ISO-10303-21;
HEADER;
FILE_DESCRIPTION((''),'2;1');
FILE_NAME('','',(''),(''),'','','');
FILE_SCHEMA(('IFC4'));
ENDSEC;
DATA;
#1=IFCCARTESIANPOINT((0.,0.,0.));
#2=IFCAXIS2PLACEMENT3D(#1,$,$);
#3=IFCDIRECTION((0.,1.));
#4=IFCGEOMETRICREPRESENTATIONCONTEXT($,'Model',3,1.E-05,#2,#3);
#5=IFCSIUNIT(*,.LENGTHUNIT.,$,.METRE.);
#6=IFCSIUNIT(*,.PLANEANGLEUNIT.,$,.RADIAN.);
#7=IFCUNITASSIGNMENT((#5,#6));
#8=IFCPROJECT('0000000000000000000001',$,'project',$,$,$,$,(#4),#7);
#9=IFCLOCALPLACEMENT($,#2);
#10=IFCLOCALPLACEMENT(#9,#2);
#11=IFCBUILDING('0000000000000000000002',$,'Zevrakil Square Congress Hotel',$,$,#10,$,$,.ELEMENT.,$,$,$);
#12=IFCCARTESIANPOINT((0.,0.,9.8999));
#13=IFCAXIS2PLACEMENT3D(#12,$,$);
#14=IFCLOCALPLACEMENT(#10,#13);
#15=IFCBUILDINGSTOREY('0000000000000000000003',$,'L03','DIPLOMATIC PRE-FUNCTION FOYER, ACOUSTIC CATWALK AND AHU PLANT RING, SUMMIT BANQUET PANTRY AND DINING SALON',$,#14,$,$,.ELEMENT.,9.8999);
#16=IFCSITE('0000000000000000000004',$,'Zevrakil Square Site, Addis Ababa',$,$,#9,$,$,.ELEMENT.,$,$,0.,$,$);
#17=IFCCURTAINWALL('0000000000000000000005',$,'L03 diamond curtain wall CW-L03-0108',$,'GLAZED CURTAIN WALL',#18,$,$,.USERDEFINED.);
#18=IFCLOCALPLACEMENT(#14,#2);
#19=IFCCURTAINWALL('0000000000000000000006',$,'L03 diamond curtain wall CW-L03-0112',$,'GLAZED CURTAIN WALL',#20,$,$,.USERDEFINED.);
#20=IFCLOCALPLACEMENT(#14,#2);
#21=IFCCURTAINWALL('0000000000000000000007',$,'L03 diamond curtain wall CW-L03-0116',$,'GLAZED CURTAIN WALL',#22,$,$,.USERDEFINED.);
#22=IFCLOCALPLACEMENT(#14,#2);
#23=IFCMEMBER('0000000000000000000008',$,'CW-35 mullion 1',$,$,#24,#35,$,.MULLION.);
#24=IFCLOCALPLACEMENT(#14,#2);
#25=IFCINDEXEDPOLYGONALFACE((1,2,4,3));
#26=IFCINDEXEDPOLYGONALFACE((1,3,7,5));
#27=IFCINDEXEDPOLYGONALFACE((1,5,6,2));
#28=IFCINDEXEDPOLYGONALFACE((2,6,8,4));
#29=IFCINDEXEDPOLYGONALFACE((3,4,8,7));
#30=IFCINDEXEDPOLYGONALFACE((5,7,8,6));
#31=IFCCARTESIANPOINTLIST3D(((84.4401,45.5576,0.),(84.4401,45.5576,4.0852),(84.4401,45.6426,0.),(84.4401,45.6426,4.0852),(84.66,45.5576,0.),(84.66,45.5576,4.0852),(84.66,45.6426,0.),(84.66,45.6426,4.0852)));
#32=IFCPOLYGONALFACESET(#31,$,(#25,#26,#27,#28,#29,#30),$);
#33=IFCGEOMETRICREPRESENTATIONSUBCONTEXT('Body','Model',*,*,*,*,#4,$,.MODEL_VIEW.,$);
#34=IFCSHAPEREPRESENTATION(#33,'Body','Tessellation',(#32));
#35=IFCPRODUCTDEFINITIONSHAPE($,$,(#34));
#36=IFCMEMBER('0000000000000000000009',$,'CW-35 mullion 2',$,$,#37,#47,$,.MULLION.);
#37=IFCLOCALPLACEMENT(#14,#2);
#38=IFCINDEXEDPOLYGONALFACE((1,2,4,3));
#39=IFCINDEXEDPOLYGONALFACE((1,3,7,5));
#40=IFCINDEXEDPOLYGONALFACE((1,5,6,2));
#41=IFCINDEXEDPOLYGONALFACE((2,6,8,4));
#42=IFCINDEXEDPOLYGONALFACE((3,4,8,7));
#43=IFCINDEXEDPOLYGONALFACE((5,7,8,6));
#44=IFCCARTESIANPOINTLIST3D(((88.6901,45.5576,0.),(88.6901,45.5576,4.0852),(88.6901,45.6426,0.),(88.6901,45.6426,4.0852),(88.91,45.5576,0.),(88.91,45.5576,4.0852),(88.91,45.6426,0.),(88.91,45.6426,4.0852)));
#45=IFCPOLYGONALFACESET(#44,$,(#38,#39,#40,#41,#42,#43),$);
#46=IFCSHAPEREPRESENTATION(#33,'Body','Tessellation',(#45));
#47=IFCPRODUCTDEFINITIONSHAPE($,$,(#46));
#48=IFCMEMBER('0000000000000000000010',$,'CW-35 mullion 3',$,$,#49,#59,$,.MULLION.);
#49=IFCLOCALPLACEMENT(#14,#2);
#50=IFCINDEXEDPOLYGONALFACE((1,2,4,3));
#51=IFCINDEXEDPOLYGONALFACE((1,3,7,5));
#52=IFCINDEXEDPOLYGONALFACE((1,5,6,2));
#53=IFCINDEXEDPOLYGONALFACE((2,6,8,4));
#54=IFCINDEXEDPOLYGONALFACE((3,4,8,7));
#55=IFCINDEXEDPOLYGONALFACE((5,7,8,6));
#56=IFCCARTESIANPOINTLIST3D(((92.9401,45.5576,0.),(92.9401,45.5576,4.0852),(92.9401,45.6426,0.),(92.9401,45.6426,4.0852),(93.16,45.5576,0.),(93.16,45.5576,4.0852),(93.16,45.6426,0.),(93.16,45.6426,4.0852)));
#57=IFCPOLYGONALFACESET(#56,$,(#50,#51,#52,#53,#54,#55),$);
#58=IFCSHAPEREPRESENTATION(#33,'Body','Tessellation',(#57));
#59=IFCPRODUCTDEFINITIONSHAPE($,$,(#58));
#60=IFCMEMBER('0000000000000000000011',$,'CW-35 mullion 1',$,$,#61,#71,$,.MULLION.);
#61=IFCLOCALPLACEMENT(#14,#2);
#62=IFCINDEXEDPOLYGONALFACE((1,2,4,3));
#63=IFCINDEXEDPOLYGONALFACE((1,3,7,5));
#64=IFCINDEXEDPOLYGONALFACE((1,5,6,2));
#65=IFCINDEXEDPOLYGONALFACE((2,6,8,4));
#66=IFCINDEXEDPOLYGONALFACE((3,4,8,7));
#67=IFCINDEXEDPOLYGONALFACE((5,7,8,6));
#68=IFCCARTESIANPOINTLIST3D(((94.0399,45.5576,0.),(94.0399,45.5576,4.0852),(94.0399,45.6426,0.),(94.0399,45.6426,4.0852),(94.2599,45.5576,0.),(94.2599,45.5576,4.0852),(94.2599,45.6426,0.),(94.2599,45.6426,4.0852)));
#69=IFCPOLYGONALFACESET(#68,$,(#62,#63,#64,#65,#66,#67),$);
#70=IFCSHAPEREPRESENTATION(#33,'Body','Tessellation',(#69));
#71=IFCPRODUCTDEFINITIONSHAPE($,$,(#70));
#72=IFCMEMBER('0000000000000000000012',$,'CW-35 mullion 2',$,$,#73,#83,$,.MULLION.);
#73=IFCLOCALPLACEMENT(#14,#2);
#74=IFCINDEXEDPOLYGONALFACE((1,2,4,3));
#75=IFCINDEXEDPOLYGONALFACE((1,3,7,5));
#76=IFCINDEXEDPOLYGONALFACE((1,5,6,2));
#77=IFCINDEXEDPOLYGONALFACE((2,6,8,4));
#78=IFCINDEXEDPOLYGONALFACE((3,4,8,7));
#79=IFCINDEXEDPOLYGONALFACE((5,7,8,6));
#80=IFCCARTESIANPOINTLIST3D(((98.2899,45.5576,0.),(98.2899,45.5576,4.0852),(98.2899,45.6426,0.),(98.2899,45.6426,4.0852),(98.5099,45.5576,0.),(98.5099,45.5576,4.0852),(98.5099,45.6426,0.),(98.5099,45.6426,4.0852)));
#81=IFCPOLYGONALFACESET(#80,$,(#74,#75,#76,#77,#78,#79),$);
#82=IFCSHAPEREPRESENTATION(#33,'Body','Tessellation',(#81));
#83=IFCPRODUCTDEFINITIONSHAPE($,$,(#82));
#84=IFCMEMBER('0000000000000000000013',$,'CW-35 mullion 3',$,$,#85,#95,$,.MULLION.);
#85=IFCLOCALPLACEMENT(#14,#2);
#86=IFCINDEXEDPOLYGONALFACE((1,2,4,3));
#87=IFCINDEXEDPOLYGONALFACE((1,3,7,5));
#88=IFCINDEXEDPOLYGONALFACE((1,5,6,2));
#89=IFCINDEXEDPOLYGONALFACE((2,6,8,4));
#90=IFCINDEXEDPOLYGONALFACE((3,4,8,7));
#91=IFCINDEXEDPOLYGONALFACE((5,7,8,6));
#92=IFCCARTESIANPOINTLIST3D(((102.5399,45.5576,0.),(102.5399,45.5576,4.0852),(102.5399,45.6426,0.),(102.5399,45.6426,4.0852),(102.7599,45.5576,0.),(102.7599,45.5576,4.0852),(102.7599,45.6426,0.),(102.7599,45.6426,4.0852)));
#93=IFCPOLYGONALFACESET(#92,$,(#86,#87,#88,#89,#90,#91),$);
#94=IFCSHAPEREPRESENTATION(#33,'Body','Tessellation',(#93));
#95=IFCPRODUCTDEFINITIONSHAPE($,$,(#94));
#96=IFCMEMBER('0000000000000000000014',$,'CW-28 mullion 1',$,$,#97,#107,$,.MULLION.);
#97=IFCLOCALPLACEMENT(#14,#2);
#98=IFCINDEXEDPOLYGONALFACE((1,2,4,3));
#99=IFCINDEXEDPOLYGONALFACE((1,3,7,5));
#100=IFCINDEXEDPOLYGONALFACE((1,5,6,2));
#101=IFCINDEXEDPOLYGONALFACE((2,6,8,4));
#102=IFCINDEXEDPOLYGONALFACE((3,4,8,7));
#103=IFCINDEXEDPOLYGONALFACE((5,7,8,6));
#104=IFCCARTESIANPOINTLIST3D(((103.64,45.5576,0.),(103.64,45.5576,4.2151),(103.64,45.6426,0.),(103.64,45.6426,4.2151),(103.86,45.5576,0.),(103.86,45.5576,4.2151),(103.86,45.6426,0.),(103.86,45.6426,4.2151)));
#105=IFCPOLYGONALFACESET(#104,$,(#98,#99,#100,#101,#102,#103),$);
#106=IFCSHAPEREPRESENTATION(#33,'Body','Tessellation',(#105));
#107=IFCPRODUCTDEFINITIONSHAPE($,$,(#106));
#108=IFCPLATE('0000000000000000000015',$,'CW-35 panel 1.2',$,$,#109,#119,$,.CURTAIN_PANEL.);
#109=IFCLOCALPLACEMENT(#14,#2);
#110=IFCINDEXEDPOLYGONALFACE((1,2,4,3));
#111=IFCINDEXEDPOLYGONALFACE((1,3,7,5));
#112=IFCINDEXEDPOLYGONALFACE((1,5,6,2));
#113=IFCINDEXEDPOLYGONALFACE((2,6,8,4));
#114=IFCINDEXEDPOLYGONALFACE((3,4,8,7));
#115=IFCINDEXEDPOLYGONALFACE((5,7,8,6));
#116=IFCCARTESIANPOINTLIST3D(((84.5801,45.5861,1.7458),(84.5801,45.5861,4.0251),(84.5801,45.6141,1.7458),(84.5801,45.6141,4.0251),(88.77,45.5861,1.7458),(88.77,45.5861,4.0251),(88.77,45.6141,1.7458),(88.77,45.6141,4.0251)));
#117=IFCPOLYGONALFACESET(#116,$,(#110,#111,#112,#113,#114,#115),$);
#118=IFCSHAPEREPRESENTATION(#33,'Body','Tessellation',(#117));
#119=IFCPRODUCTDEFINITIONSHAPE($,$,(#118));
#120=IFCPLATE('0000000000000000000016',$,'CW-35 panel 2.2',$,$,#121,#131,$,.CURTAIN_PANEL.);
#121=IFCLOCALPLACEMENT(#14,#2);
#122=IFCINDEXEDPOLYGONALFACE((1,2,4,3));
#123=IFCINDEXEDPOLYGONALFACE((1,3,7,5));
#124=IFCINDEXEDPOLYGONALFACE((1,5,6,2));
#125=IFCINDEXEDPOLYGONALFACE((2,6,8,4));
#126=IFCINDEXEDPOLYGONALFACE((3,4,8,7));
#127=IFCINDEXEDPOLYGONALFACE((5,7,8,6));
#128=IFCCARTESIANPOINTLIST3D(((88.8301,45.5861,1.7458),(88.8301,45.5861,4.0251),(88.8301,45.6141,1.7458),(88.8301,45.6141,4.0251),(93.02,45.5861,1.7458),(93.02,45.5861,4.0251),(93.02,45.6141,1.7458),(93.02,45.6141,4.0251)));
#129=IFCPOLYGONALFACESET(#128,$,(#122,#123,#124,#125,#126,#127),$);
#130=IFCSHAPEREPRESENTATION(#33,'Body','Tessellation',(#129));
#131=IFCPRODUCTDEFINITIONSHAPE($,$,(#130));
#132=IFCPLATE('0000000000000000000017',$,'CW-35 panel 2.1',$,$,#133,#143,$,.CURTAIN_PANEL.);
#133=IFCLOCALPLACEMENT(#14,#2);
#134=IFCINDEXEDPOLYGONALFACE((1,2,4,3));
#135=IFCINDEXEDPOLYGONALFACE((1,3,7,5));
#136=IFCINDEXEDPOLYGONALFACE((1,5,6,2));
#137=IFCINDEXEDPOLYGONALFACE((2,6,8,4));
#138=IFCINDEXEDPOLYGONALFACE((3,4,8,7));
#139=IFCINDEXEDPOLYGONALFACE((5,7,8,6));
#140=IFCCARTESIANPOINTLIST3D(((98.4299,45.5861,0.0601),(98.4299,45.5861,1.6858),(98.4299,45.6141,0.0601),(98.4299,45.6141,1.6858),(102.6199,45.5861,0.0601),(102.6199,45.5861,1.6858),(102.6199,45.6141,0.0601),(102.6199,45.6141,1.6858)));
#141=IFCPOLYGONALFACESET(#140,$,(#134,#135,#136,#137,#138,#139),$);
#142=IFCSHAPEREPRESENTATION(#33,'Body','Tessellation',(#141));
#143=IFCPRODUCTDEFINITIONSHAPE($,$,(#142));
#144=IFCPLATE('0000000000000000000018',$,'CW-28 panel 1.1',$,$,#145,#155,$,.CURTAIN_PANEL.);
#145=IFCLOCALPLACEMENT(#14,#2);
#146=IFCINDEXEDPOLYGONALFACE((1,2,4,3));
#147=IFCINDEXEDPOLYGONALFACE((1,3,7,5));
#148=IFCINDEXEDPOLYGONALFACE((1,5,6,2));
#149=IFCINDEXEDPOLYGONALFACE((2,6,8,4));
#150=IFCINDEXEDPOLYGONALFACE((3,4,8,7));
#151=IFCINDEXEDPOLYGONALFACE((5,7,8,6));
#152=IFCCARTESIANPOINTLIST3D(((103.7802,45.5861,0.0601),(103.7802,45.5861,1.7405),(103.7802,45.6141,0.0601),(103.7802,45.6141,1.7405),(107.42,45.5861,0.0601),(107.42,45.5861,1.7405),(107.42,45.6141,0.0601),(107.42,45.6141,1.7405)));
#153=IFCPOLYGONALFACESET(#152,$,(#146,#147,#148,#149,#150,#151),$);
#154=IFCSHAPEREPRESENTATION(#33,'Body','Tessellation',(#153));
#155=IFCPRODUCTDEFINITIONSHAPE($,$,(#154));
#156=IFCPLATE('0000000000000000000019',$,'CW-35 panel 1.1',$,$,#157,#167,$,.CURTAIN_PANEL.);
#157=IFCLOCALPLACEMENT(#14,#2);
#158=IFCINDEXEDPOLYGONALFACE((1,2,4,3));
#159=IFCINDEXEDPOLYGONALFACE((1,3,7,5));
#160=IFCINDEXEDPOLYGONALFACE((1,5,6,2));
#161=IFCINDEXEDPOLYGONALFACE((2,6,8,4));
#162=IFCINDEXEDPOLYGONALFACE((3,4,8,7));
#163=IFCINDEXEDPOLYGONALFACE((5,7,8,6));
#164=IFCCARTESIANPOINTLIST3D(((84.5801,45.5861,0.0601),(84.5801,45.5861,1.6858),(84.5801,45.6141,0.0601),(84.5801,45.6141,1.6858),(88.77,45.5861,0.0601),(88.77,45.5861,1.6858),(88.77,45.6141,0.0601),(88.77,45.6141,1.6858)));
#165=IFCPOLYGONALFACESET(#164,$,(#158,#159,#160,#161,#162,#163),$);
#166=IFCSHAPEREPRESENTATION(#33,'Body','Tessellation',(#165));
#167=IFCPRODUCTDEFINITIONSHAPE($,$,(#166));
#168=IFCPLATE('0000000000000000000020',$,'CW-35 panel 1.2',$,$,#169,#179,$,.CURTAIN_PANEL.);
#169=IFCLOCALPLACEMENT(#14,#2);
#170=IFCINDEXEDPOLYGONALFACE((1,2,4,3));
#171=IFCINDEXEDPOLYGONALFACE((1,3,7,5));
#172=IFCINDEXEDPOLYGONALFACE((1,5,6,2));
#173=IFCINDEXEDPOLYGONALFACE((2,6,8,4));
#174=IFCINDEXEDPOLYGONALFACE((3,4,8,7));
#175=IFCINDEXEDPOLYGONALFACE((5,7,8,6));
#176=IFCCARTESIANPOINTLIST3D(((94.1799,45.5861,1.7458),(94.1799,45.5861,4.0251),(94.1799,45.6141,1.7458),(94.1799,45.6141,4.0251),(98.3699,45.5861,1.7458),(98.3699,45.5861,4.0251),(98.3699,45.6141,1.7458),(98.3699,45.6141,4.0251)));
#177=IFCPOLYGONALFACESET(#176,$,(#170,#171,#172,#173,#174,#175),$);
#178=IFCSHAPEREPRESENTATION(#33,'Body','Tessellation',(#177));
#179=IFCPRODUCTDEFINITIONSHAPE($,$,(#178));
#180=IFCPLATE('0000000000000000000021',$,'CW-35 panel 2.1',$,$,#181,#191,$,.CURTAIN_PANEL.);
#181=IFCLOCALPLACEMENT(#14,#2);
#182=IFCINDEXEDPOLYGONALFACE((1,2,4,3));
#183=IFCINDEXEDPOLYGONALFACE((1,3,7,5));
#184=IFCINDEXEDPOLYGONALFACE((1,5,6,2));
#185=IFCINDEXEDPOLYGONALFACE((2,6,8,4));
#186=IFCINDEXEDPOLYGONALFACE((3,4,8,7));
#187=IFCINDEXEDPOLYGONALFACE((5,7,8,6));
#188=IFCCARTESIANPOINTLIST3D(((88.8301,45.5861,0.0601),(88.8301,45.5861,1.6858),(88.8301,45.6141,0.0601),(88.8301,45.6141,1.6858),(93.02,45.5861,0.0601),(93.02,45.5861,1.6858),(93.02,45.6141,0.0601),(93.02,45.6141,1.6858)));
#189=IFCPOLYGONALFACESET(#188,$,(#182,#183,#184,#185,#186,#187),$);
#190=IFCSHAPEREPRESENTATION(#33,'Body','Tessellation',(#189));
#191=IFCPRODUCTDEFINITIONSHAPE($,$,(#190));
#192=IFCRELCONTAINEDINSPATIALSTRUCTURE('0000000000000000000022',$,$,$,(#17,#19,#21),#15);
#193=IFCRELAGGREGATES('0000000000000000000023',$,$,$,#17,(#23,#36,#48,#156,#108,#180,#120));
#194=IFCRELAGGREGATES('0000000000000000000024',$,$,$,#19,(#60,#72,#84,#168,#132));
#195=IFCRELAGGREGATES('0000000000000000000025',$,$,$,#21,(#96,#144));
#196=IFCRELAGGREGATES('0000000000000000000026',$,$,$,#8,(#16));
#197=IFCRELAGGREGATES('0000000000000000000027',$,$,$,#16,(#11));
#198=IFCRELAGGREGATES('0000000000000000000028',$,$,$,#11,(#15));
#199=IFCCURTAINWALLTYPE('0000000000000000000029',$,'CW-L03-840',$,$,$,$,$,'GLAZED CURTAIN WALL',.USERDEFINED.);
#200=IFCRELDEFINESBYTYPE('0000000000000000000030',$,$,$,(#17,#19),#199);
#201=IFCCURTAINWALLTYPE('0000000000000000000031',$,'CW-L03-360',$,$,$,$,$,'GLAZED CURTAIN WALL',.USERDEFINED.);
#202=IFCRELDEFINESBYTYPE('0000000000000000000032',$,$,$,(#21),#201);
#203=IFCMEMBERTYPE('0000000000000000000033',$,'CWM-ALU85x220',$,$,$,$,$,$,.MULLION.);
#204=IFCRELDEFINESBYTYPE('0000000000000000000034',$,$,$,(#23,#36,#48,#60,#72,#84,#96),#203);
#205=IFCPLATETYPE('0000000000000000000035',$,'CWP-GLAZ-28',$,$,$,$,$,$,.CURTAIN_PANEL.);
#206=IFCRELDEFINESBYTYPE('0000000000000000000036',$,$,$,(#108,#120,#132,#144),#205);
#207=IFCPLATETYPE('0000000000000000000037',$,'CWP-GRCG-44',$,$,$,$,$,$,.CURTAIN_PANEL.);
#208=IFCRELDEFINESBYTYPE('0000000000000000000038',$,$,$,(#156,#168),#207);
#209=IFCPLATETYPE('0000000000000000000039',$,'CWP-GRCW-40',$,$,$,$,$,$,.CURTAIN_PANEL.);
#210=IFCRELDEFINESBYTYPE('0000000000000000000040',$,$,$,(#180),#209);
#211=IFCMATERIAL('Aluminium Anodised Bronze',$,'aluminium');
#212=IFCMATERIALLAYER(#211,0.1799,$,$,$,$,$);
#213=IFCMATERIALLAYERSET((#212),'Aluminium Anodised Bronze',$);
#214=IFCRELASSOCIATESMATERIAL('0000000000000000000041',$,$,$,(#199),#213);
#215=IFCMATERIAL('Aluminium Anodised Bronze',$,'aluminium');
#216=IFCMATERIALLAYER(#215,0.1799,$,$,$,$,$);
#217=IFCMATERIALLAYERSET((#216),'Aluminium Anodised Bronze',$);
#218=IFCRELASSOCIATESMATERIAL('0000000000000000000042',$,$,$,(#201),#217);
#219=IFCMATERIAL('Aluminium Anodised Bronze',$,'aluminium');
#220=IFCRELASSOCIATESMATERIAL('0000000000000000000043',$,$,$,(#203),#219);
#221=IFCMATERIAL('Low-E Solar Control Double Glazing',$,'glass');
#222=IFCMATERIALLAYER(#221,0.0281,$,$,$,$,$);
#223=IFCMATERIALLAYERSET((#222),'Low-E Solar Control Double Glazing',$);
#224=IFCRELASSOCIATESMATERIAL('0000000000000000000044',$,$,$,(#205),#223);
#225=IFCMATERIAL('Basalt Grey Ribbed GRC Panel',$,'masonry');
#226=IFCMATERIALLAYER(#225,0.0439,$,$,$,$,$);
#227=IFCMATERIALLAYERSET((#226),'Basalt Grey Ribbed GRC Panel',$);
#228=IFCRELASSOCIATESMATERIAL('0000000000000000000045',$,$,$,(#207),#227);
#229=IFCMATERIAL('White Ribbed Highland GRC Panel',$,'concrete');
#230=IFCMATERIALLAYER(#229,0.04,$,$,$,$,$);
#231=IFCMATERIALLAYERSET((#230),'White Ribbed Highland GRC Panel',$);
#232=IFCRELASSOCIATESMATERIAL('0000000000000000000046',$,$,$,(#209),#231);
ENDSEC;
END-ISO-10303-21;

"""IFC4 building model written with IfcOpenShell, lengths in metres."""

from ifc_helpers import new_model, si_unit, direction, frame, origin, origin_2d, place, context, subcontext, project, spatial, rectangle, extrude, material, layer, layer_set, material_profile, profile_set, type_object, element, aggregate, save


model = new_model("IFC4")

# Units and contexts
model_context = context("Model", 3, precision=1e-05, world=origin(), true_north=direction((0.0, 1.0)))
body_context = subcontext(model_context, "Body", "Model", "MODEL_VIEW")
ifc_project = project(units=[si_unit("LENGTHUNIT", "METRE"), si_unit("PLANEANGLEUNIT", "RADIAN")], contexts=[model_context])

# Site, building, storey
site_placement = place(None, origin())
site = spatial("IfcSite", under=ifc_project, at=site_placement, Name="Zevrakil Square Site, Addis Ababa", CompositionType="ELEMENT", RefElevation=0.0)
building_placement = place(site_placement, origin())
building = spatial("IfcBuilding", under=site, at=building_placement, Name="Zevrakil Square Congress Hotel", CompositionType="ELEMENT")
storey_placement = place(building_placement, frame((0.0, 0.0, 9.8999)))
storey = spatial("IfcBuildingStorey", under=building, at=storey_placement, Name="L03", Description="DIPLOMATIC PRE-FUNCTION FOYER, ACOUSTIC CATWALK AND AHU PLANT RING, SUMMIT BANQUET PANTRY AND DINING SALON", CompositionType="ELEMENT", Elevation=9.8999)

# Curtain walls
ifc_material_1 = material(Name="Aluminium Anodised Bronze", Category="aluminium")
ifc_layer_1 = layer(ifc_material_1, 0.1799)
ifc_layer_set_1 = layer_set([ifc_layer_1], Name="Aluminium Anodised Bronze")
curtain_wall_type_1 = type_object("IfcCurtainWallType", Name="CW-L03-840", ElementType="GLAZED CURTAIN WALL", PredefinedType="USERDEFINED", material=ifc_layer_set_1)
curtain_wall_1_placement = place(storey_placement, origin())
curtain_wall_1 = element("IfcCurtainWall", 1, at=curtain_wall_1_placement, inside=storey, type_object=curtain_wall_type_1, Name="L03 diamond curtain wall CW-L03-0108", ObjectType="GLAZED CURTAIN WALL", PredefinedType="USERDEFINED")
curtain_wall_2_placement = place(storey_placement, origin())
curtain_wall_2 = element("IfcCurtainWall", 2, at=curtain_wall_2_placement, inside=storey, type_object=curtain_wall_type_1, Name="L03 diamond curtain wall CW-L03-0112", ObjectType="GLAZED CURTAIN WALL", PredefinedType="USERDEFINED")
ifc_material_2 = material(Name="Aluminium Anodised Bronze", Category="aluminium")
ifc_layer_2 = layer(ifc_material_2, 0.1799)
ifc_layer_set_2 = layer_set([ifc_layer_2], Name="Aluminium Anodised Bronze")
curtain_wall_type_2 = type_object("IfcCurtainWallType", Name="CW-L03-360", ElementType="GLAZED CURTAIN WALL", PredefinedType="USERDEFINED", material=ifc_layer_set_2)
curtain_wall_3_placement = place(storey_placement, origin())
curtain_wall_3 = element("IfcCurtainWall", 3, at=curtain_wall_3_placement, inside=storey, type_object=curtain_wall_type_2, Name="L03 diamond curtain wall CW-L03-0116", ObjectType="GLAZED CURTAIN WALL", PredefinedType="USERDEFINED")

# Members
ifc_material_3 = material(Name="Aluminium Anodised Bronze", Category="aluminium")
ifc_material_profile_1 = material_profile(ifc_material_3, rectangle(XDim=0.085, YDim=0.22, at=origin_2d()), Name="ALU 85x220")
ifc_profile_set_1 = profile_set([ifc_material_profile_1], Name="Aluminium Anodised Bronze")
member_type_1 = type_object("IfcMemberType", Name="CWM-ALU85x220", PredefinedType="MULLION", material=ifc_profile_set_1)
member_1_placement = place(storey_placement, frame((84.55, 45.6001, 0.0), z_axis=(0.0, 0.0, 1.0), x_axis=(0.0, 1.0, 0.0)))
member_1 = element("IfcMember", 4, at=member_1_placement, type_object=member_type_1, Name="CW-35 mullion 1", PredefinedType="MULLION", context=body_context, shape_type="SweptSolid", body=[
    extrude(rectangle(XDim=0.085, YDim=0.22, at=origin_2d()), origin(), (0.0, 0.0, 1.0), 4.0852),
])
member_2_placement = place(storey_placement, frame((88.8, 45.6001, 0.0), z_axis=(0.0, 0.0, 1.0), x_axis=(0.0, 1.0, 0.0)))
member_2 = element("IfcMember", 5, at=member_2_placement, type_object=member_type_1, Name="CW-35 mullion 2", PredefinedType="MULLION", context=body_context, shape_type="SweptSolid", body=[
    extrude(rectangle(XDim=0.085, YDim=0.22, at=origin_2d()), origin(), (0.0, 0.0, 1.0), 4.0852),
])
member_3_placement = place(storey_placement, frame((93.05, 45.6001, 0.0), z_axis=(0.0, 0.0, 1.0), x_axis=(0.0, 1.0, 0.0)))
member_3 = element("IfcMember", 6, at=member_3_placement, type_object=member_type_1, Name="CW-35 mullion 3", PredefinedType="MULLION", context=body_context, shape_type="SweptSolid", body=[
    extrude(rectangle(XDim=0.085, YDim=0.22, at=origin_2d()), origin(), (0.0, 0.0, 1.0), 4.0852),
])
member_4_placement = place(storey_placement, frame((94.1499, 45.6001, 0.0), z_axis=(0.0, 0.0, 1.0), x_axis=(0.0, 1.0, 0.0)))
member_4 = element("IfcMember", 7, at=member_4_placement, type_object=member_type_1, Name="CW-35 mullion 1", PredefinedType="MULLION", context=body_context, shape_type="SweptSolid", body=[
    extrude(rectangle(XDim=0.085, YDim=0.22, at=origin_2d()), origin(), (0.0, 0.0, 1.0), 4.0852),
])
member_5_placement = place(storey_placement, frame((98.3999, 45.6001, 0.0), z_axis=(0.0, 0.0, 1.0), x_axis=(0.0, 1.0, 0.0)))
member_5 = element("IfcMember", 8, at=member_5_placement, type_object=member_type_1, Name="CW-35 mullion 2", PredefinedType="MULLION", context=body_context, shape_type="SweptSolid", body=[
    extrude(rectangle(XDim=0.085, YDim=0.22, at=origin_2d()), origin(), (0.0, 0.0, 1.0), 4.0852),
])
member_6_placement = place(storey_placement, frame((102.6499, 45.6001, 0.0), z_axis=(0.0, 0.0, 1.0), x_axis=(0.0, 1.0, 0.0)))
member_6 = element("IfcMember", 9, at=member_6_placement, type_object=member_type_1, Name="CW-35 mullion 3", PredefinedType="MULLION", context=body_context, shape_type="SweptSolid", body=[
    extrude(rectangle(XDim=0.085, YDim=0.22, at=origin_2d()), origin(), (0.0, 0.0, 1.0), 4.0852),
])
member_7_placement = place(storey_placement, frame((103.75, 45.6001, 0.0), z_axis=(0.0, 0.0, 1.0), x_axis=(0.0, 1.0, 0.0)))
member_7 = element("IfcMember", 10, at=member_7_placement, type_object=member_type_1, Name="CW-28 mullion 1", PredefinedType="MULLION", context=body_context, shape_type="SweptSolid", body=[
    extrude(rectangle(XDim=0.085, YDim=0.22, at=origin_2d()), origin(), (0.0, 0.0, 1.0), 4.2151),
])

# Plates
ifc_material_4 = material(Name="Low-E Solar Control Double Glazing", Category="glass")
ifc_layer_3 = layer(ifc_material_4, 0.0281)
ifc_layer_set_3 = layer_set([ifc_layer_3], Name="Low-E Solar Control Double Glazing")
plate_type_1 = type_object("IfcPlateType", Name="CWP-GLAZ-28", PredefinedType="CURTAIN_PANEL", material=ifc_layer_set_3)
plate_1_placement = place(storey_placement, frame((86.675, 45.6001, 1.7458), z_axis=(0.0, 0.0, 1.0), x_axis=(1.0, 0.0, 0.0)))
plate_1 = element("IfcPlate", 11, at=plate_1_placement, type_object=plate_type_1, Name="CW-35 panel 1.2", PredefinedType="CURTAIN_PANEL", context=body_context, shape_type="SweptSolid", body=[
    extrude(rectangle(XDim=4.1899, YDim=0.0281, at=origin_2d()), origin(), (0.0, 0.0, 1.0), 2.2793),
])
plate_2_placement = place(storey_placement, frame((90.925, 45.6001, 1.7458), z_axis=(0.0, 0.0, 1.0), x_axis=(1.0, 0.0, 0.0)))
plate_2 = element("IfcPlate", 12, at=plate_2_placement, type_object=plate_type_1, Name="CW-35 panel 2.2", PredefinedType="CURTAIN_PANEL", context=body_context, shape_type="SweptSolid", body=[
    extrude(rectangle(XDim=4.1899, YDim=0.0281, at=origin_2d()), origin(), (0.0, 0.0, 1.0), 2.2793),
])
plate_3_placement = place(storey_placement, frame((100.5249, 45.6001, 0.0601), z_axis=(0.0, 0.0, 1.0), x_axis=(1.0, 0.0, 0.0)))
plate_3 = element("IfcPlate", 13, at=plate_3_placement, type_object=plate_type_1, Name="CW-35 panel 2.1", PredefinedType="CURTAIN_PANEL", context=body_context, shape_type="SweptSolid", body=[
    extrude(rectangle(XDim=4.1899, YDim=0.0281, at=origin_2d()), origin(), (0.0, 0.0, 1.0), 1.6257),
])
plate_4_placement = place(storey_placement, frame((105.6001, 45.6001, 0.0601), z_axis=(0.0, 0.0, 1.0), x_axis=(1.0, 0.0, 0.0)))
plate_4 = element("IfcPlate", 14, at=plate_4_placement, type_object=plate_type_1, Name="CW-28 panel 1.1", PredefinedType="CURTAIN_PANEL", context=body_context, shape_type="SweptSolid", body=[
    extrude(rectangle(XDim=3.6399, YDim=0.0281, at=origin_2d()), origin(), (0.0, 0.0, 1.0), 1.6804),
])
ifc_material_5 = material(Name="Basalt Grey Ribbed GRC Panel", Category="masonry")
ifc_layer_4 = layer(ifc_material_5, 0.0439)
ifc_layer_set_4 = layer_set([ifc_layer_4], Name="Basalt Grey Ribbed GRC Panel")
plate_type_2 = type_object("IfcPlateType", Name="CWP-GRCG-44", PredefinedType="CURTAIN_PANEL", material=ifc_layer_set_4)
plate_5_placement = place(storey_placement, frame((86.675, 45.6001, 0.0601), z_axis=(0.0, 0.0, 1.0), x_axis=(1.0, 0.0, 0.0)))
plate_5 = element("IfcPlate", 15, at=plate_5_placement, type_object=plate_type_2, Name="CW-35 panel 1.1", PredefinedType="CURTAIN_PANEL", context=body_context, shape_type="SweptSolid", body=[
    extrude(rectangle(XDim=4.1899, YDim=0.0281, at=origin_2d()), origin(), (0.0, 0.0, 1.0), 1.6257),
])
plate_6_placement = place(storey_placement, frame((96.2749, 45.6001, 1.7458), z_axis=(0.0, 0.0, 1.0), x_axis=(1.0, 0.0, 0.0)))
plate_6 = element("IfcPlate", 16, at=plate_6_placement, type_object=plate_type_2, Name="CW-35 panel 1.2", PredefinedType="CURTAIN_PANEL", context=body_context, shape_type="SweptSolid", body=[
    extrude(rectangle(XDim=4.1899, YDim=0.0281, at=origin_2d()), origin(), (0.0, 0.0, 1.0), 2.2793),
])
ifc_material_6 = material(Name="White Ribbed Highland GRC Panel", Category="concrete")
ifc_layer_5 = layer(ifc_material_6, 0.04)
ifc_layer_set_5 = layer_set([ifc_layer_5], Name="White Ribbed Highland GRC Panel")
plate_type_3 = type_object("IfcPlateType", Name="CWP-GRCW-40", PredefinedType="CURTAIN_PANEL", material=ifc_layer_set_5)
plate_7_placement = place(storey_placement, frame((90.925, 45.6001, 0.0601), z_axis=(0.0, 0.0, 1.0), x_axis=(1.0, 0.0, 0.0)))
plate_7 = element("IfcPlate", 17, at=plate_7_placement, type_object=plate_type_3, Name="CW-35 panel 2.1", PredefinedType="CURTAIN_PANEL", context=body_context, shape_type="SweptSolid", body=[
    extrude(rectangle(XDim=4.1899, YDim=0.0281, at=origin_2d()), origin(), (0.0, 0.0, 1.0), 1.6257),
])
aggregate(curtain_wall_1, [member_1, member_2, member_3, plate_5, plate_1, plate_7, plate_2])
aggregate(curtain_wall_2, [member_4, member_5, member_6, plate_6, plate_3])
aggregate(curtain_wall_3, [member_7, plate_4])

save(model, "model.ifc")
